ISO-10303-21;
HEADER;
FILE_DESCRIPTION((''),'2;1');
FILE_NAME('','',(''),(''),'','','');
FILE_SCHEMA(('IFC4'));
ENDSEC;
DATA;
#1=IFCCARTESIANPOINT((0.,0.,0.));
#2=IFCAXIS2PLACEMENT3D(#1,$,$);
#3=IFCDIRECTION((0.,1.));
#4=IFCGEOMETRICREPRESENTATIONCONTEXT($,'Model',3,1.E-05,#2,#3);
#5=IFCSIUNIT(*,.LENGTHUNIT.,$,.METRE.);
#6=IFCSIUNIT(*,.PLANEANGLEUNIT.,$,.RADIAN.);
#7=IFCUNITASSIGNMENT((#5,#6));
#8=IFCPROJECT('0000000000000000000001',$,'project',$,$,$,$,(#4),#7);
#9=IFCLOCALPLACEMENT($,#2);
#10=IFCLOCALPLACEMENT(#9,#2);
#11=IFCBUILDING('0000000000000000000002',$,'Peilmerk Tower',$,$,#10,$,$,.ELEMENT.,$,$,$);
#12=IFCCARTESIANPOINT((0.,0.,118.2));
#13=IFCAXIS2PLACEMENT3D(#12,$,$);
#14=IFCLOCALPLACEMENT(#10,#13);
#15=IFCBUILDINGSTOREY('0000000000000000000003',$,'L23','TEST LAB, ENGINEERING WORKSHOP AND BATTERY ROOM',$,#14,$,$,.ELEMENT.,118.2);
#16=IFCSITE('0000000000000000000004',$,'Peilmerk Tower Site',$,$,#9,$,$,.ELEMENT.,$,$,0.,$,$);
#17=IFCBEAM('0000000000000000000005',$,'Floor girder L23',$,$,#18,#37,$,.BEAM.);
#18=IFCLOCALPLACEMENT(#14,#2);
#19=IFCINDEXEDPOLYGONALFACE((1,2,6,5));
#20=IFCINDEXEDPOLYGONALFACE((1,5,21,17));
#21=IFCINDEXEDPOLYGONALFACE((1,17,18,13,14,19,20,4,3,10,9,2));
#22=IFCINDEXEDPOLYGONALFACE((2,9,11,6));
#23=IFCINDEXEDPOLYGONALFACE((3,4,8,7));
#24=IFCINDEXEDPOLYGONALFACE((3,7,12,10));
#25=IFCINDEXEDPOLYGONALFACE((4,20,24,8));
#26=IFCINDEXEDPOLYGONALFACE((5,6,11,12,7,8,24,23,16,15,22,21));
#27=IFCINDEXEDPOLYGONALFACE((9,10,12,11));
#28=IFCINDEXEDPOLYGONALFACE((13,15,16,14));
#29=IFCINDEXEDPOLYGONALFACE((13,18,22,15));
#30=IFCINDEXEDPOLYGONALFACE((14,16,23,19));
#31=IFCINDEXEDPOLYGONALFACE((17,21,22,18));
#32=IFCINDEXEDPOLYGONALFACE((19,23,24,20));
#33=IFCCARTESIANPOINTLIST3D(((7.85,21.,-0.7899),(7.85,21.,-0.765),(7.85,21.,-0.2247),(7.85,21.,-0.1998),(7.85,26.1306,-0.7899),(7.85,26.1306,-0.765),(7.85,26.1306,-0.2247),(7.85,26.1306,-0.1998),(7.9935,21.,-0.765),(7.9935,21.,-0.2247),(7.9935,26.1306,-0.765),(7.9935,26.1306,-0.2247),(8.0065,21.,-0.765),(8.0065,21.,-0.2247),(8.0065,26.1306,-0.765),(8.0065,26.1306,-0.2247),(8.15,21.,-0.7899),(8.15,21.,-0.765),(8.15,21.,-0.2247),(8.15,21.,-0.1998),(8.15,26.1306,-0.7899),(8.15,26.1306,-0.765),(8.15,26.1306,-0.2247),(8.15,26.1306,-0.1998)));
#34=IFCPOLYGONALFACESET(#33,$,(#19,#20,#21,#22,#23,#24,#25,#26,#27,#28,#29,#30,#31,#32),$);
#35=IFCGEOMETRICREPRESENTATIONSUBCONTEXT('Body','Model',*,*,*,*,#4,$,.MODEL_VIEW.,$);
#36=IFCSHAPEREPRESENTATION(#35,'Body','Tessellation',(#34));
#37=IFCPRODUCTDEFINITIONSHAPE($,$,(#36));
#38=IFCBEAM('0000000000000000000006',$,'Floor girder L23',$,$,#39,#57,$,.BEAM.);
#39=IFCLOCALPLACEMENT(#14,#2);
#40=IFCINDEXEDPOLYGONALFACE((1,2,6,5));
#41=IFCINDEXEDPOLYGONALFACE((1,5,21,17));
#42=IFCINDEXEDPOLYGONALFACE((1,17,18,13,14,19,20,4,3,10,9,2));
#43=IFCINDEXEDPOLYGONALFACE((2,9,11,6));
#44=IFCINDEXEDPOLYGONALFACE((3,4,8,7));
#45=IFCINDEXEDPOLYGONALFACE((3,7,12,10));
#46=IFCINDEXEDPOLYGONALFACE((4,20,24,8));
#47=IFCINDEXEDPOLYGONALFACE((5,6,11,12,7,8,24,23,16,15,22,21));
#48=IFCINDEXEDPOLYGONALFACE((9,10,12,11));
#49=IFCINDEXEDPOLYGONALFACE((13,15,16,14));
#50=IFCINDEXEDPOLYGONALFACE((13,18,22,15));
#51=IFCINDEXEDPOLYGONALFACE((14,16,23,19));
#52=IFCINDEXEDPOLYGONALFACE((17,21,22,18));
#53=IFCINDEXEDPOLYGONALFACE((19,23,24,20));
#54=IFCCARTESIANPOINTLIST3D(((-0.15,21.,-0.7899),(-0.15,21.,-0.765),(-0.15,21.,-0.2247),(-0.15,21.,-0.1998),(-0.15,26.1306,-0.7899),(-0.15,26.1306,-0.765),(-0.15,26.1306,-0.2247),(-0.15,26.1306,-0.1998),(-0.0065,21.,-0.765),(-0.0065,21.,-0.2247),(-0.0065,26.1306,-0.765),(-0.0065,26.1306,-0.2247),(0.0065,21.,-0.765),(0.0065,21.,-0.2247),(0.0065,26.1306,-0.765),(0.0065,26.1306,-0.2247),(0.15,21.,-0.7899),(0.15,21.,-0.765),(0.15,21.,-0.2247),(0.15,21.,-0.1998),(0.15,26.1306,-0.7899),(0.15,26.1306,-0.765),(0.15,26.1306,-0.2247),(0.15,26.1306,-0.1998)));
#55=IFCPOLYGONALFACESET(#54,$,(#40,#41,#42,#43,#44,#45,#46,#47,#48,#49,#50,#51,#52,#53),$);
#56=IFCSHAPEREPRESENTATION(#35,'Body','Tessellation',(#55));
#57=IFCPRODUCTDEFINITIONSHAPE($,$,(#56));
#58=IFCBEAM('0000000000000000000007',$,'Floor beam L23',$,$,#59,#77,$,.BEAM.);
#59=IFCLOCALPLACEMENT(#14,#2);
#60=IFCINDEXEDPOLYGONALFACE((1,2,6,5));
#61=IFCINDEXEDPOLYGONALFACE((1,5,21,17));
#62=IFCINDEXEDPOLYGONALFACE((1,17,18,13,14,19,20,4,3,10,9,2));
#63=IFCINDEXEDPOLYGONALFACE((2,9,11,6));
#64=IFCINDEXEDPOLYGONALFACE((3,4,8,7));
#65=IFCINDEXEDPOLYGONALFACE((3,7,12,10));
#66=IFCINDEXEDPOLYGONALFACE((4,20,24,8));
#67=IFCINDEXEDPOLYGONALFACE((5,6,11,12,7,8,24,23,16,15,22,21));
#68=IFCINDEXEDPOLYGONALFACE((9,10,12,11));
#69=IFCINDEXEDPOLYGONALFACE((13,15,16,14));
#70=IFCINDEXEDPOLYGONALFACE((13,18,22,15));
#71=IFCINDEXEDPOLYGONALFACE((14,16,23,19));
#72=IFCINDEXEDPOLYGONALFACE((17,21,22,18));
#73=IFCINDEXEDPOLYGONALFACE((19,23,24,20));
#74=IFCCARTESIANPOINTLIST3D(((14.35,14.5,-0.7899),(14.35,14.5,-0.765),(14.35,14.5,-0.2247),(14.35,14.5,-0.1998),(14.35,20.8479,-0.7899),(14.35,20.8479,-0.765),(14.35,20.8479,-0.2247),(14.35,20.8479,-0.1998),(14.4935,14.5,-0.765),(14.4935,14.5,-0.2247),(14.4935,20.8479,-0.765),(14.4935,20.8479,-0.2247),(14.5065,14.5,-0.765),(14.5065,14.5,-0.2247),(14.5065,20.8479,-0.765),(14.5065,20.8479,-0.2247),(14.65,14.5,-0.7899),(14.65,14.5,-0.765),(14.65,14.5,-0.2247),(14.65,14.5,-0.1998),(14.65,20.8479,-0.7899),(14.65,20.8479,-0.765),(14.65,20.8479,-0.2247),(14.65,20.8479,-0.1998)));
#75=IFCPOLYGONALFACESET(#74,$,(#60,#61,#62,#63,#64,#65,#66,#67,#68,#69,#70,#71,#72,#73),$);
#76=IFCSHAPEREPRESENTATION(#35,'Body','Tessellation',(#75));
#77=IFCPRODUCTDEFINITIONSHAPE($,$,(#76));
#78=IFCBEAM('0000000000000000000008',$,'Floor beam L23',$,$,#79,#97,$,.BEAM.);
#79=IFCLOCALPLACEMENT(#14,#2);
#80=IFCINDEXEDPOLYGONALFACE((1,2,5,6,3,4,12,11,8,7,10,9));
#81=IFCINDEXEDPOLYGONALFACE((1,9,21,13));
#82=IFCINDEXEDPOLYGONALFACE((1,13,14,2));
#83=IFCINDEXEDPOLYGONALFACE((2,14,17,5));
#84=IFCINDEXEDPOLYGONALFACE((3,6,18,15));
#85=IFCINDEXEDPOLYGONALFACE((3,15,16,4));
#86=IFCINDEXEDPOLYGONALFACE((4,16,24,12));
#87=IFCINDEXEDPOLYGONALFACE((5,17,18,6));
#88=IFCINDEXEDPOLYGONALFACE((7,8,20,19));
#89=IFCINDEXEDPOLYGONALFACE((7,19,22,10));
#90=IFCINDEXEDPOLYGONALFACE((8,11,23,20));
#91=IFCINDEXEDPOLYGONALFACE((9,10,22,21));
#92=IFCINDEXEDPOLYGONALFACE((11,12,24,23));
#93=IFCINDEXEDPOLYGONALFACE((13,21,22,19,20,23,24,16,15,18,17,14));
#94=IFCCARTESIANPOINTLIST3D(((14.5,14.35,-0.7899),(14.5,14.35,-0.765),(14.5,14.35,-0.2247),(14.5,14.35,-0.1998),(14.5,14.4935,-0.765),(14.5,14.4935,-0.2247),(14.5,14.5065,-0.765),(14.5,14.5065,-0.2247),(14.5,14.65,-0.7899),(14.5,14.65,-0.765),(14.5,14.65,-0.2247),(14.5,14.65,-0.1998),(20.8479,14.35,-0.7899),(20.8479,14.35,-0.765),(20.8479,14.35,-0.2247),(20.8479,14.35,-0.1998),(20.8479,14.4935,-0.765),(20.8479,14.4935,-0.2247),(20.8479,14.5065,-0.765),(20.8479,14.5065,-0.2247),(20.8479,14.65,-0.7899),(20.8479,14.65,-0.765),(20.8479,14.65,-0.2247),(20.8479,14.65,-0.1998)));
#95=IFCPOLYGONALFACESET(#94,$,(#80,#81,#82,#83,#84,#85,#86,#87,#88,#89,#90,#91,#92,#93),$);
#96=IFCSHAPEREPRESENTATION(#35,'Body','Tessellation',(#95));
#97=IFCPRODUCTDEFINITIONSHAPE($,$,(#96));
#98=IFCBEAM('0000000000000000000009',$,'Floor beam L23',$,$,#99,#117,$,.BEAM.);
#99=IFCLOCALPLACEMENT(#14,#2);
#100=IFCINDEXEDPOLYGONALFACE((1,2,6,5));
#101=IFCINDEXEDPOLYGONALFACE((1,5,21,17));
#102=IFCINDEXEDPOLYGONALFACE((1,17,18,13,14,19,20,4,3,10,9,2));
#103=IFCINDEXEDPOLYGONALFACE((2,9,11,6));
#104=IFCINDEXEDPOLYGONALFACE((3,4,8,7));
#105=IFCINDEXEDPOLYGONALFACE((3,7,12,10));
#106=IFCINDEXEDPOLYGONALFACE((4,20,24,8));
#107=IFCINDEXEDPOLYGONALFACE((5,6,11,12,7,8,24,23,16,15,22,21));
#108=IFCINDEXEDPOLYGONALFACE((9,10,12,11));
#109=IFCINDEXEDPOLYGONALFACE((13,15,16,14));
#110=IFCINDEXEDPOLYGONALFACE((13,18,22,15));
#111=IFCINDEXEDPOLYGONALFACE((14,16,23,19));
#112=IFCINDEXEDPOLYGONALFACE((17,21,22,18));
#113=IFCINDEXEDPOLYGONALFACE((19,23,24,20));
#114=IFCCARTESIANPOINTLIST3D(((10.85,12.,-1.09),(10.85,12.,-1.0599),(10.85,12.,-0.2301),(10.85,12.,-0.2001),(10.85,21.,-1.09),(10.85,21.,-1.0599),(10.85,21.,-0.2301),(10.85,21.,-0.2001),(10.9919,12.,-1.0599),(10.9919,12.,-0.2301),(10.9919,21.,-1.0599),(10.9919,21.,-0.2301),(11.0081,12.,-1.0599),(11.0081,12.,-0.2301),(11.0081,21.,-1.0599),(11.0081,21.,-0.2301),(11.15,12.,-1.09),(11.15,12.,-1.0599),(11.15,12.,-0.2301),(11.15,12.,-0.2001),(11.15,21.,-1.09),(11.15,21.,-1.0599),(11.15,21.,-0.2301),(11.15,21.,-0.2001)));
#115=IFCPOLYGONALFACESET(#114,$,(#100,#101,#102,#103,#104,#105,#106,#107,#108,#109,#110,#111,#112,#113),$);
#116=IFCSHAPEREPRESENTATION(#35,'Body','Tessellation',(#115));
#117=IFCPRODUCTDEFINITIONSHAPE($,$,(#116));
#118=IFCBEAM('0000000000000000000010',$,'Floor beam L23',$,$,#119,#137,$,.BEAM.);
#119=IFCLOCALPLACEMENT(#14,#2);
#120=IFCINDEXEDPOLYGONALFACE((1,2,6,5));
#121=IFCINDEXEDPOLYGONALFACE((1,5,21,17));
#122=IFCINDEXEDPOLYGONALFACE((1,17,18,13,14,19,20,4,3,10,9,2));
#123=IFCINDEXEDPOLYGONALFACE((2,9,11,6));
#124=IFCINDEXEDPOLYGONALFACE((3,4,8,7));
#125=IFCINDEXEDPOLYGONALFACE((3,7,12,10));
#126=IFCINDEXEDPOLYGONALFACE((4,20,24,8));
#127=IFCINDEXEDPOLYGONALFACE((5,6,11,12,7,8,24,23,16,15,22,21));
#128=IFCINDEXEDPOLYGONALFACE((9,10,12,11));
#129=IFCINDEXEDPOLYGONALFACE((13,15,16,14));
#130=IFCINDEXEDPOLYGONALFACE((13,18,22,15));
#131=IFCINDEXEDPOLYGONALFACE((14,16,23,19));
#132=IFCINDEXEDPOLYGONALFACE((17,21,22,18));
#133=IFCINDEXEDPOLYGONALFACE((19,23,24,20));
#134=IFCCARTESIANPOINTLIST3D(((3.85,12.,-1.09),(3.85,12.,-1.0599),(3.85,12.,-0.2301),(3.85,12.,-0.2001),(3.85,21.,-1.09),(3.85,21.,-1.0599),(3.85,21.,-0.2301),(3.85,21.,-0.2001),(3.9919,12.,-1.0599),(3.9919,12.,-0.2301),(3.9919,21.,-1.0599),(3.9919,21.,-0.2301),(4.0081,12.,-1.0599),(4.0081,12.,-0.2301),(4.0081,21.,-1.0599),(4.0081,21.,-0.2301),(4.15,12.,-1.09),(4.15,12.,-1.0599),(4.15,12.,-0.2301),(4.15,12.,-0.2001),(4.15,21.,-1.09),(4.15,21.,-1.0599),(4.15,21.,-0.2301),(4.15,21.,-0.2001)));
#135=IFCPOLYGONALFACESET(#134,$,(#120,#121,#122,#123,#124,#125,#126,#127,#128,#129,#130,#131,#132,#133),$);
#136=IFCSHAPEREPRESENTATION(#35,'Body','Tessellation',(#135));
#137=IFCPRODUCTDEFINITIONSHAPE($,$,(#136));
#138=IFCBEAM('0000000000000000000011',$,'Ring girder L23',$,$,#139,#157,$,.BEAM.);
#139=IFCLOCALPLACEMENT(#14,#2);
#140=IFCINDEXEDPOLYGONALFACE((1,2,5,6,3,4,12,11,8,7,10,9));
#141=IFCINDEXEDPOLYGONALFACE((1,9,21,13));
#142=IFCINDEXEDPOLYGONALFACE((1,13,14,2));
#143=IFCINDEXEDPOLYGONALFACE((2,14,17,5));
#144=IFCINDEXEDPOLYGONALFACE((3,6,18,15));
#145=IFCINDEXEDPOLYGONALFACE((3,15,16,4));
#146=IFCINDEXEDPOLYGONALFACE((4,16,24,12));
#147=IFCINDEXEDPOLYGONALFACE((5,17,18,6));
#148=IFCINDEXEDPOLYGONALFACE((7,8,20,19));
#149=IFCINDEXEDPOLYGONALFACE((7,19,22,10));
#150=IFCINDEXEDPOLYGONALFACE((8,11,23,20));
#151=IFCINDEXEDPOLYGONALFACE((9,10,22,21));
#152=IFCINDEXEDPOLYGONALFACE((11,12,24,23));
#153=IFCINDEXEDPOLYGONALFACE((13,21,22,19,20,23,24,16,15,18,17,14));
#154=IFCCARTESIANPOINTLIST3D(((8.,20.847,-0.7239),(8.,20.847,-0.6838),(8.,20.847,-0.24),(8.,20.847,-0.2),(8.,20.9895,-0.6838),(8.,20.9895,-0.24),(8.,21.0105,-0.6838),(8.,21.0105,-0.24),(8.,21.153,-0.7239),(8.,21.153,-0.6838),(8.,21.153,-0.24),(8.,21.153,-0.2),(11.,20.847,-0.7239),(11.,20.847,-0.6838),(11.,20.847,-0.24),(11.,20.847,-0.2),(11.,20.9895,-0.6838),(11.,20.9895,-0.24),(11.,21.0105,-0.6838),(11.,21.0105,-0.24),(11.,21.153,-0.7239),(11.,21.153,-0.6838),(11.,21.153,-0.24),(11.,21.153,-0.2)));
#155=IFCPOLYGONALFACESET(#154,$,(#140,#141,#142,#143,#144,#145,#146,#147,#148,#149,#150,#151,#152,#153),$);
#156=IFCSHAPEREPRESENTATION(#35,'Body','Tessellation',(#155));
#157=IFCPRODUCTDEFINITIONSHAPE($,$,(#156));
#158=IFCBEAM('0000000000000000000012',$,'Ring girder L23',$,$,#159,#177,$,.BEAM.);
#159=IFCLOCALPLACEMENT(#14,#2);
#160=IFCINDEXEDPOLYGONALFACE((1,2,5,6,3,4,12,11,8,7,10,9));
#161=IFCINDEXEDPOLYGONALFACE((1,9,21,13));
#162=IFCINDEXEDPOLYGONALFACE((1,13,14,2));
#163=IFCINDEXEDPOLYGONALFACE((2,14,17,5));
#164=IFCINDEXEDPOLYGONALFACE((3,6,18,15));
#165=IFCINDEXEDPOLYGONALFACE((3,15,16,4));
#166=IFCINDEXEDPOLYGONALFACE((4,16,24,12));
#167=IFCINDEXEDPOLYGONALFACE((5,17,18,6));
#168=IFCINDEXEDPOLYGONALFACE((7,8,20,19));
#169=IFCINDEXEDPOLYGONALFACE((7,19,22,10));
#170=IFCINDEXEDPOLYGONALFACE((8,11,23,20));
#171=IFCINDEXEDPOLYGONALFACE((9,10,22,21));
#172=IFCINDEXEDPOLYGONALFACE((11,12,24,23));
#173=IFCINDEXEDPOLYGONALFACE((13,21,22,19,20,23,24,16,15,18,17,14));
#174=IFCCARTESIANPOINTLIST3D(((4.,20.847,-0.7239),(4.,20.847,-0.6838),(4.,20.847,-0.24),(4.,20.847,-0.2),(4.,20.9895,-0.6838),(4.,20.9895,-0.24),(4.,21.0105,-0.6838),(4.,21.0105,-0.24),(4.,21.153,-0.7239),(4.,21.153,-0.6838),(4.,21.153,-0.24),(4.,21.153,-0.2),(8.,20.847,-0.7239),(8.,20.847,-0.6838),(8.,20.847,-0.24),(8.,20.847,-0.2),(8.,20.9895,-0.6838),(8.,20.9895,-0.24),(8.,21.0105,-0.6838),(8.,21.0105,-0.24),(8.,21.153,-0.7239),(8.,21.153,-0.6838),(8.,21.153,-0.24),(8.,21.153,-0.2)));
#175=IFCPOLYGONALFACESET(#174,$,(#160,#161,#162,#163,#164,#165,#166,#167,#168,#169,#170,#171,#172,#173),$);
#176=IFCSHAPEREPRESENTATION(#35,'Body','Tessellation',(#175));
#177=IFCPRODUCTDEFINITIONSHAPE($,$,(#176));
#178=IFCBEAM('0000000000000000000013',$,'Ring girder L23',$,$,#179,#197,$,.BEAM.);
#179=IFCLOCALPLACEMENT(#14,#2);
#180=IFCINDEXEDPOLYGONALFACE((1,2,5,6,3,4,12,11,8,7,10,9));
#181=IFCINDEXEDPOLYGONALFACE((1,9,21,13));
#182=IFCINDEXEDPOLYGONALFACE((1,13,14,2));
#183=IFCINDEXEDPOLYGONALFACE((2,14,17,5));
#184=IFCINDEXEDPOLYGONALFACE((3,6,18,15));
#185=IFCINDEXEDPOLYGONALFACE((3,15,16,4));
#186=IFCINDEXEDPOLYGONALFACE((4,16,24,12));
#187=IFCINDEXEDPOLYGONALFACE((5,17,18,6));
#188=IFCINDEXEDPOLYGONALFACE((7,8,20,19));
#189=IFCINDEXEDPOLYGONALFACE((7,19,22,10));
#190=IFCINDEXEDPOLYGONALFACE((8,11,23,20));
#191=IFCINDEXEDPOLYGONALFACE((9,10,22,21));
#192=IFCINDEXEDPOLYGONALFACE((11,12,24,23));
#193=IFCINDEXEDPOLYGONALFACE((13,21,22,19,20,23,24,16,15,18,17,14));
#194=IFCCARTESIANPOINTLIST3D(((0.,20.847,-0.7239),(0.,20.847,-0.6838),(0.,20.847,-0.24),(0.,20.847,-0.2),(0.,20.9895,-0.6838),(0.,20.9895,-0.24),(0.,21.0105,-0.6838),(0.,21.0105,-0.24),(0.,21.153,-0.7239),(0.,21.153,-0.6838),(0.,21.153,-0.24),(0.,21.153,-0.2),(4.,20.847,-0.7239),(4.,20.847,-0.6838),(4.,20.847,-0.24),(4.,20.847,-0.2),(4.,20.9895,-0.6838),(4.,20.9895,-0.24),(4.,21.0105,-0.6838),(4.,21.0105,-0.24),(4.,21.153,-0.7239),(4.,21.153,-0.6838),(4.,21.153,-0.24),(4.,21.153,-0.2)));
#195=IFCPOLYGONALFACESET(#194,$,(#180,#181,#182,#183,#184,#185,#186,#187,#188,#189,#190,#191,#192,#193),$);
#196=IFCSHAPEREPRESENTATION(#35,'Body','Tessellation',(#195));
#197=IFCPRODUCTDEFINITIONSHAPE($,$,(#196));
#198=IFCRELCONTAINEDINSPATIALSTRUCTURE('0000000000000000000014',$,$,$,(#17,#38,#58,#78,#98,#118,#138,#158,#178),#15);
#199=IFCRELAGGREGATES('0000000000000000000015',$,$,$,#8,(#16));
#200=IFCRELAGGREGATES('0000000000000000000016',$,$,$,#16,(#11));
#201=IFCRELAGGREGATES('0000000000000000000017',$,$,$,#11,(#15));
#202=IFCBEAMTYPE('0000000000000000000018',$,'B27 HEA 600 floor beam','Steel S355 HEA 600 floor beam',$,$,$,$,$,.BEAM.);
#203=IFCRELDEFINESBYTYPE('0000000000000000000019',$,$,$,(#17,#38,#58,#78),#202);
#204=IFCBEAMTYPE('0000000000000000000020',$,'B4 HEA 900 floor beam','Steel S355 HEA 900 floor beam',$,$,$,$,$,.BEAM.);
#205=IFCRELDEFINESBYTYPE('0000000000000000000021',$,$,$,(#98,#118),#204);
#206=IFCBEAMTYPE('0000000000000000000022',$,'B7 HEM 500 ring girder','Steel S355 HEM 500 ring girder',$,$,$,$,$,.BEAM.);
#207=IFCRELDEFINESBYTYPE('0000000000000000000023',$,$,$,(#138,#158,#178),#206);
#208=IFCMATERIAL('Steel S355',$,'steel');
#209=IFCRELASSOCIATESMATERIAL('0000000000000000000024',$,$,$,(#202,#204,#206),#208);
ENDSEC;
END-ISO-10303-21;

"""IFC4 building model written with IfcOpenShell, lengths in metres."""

from ifc_helpers import new_model, si_unit, direction, frame, origin, origin_2d, place, context, subcontext, project, spatial, i_section, extrude, material, material_profile, profile_set, type_object, element, save


model = new_model("IFC4")

# Units and contexts
model_context = context("Model", 3, precision=1e-05, world=origin(), true_north=direction((0.0, 1.0)))
body_context = subcontext(model_context, "Body", "Model", "MODEL_VIEW")
ifc_project = project(units=[si_unit("LENGTHUNIT", "METRE"), si_unit("PLANEANGLEUNIT", "RADIAN")], contexts=[model_context])

# Site, building, storey
site_placement = place(None, origin())
site = spatial("IfcSite", under=ifc_project, at=site_placement, Name="Peilmerk Tower Site", CompositionType="ELEMENT", RefElevation=0.0)
building_placement = place(site_placement, origin())
building = spatial("IfcBuilding", under=site, at=building_placement, Name="Peilmerk Tower", CompositionType="ELEMENT")
storey_placement = place(building_placement, frame((0.0, 0.0, 118.2)))
storey = spatial("IfcBuildingStorey", under=building, at=storey_placement, Name="L23", Description="TEST LAB, ENGINEERING WORKSHOP AND BATTERY ROOM", CompositionType="ELEMENT", Elevation=118.2)

# Beams
ifc_material_1 = material(Name="Steel S355", Category="steel")
ifc_material_profile_1 = material_profile(ifc_material_1, i_section(OverallWidth=0.3, OverallDepth=0.5901, WebThickness=0.0129, FlangeThickness=0.0249, at=origin_2d()), Name="HEA 600")
ifc_profile_set_1 = profile_set([ifc_material_profile_1], Name="Steel S355")
beam_type_1 = type_object("IfcBeamType", Name="B27 HEA 600 floor beam", Description="Steel S355 HEA 600 floor beam", PredefinedType="BEAM", material=ifc_profile_set_1)
for number, where, z_axis, x_axis, name in (
    (1, (8.0, 21.0, -0.4949), (0.0, 1.0, 0.0), (-1.0, 0.0, 0.0), "Floor girder L23"),
    (2, (0.0, 21.0, -0.4949), (0.0, 1.0, 0.0), (-1.0, 0.0, 0.0), "Floor girder L23"),
):
    element("IfcBeam", number, at=place(storey_placement, frame(where, z_axis=z_axis, x_axis=x_axis)), inside=storey, type_object=beam_type_1, Name=name, PredefinedType="BEAM", context=body_context, shape_type="SweptSolid", body=[
        extrude(i_section(OverallWidth=0.3, OverallDepth=0.5901, WebThickness=0.0129, FlangeThickness=0.0249, at=origin_2d()), origin(), (0.0, 0.0, 1.0), 5.1306),
    ])
for number, where, z_axis, x_axis, name in (
    (3, (14.5, 14.5, -0.4949), (0.0, 1.0, 0.0), (-1.0, 0.0, 0.0), "Floor beam L23"),
    (4, (14.5, 14.5, -0.4949), (1.0, 0.0, 0.0), (0.0, 1.0, 0.0), "Floor beam L23"),
):
    element("IfcBeam", number, at=place(storey_placement, frame(where, z_axis=z_axis, x_axis=x_axis)), inside=storey, type_object=beam_type_1, Name=name, PredefinedType="BEAM", context=body_context, shape_type="SweptSolid", body=[
        extrude(i_section(OverallWidth=0.3, OverallDepth=0.5901, WebThickness=0.0129, FlangeThickness=0.0249, at=origin_2d()), origin(), (0.0, 0.0, 1.0), 6.3479),
    ])
ifc_material_profile_2 = material_profile(ifc_material_1, i_section(OverallWidth=0.3, OverallDepth=0.8899, WebThickness=0.0161, FlangeThickness=0.03, at=origin_2d()), Name="HEA 900")
ifc_profile_set_2 = profile_set([ifc_material_profile_2], Name="Steel S355")
beam_type_2 = type_object("IfcBeamType", Name="B4 HEA 900 floor beam", Description="Steel S355 HEA 900 floor beam", PredefinedType="BEAM", material=ifc_profile_set_2)
for number, where, z_axis, x_axis, name in (
    (5, (11.0, 12.0, -0.645), (0.0, 1.0, 0.0), (-1.0, 0.0, 0.0), "Floor beam L23"),
    (6, (4.0, 12.0, -0.645), (0.0, 1.0, 0.0), (-1.0, 0.0, 0.0), "Floor beam L23"),
):
    element("IfcBeam", number, at=place(storey_placement, frame(where, z_axis=z_axis, x_axis=x_axis)), inside=storey, type_object=beam_type_2, Name=name, PredefinedType="BEAM", context=body_context, shape_type="SweptSolid", body=[
        extrude(i_section(OverallWidth=0.3, OverallDepth=0.8899, WebThickness=0.0161, FlangeThickness=0.03, at=origin_2d()), origin(), (0.0, 0.0, 1.0), 9.0),
    ])
ifc_material_profile_3 = material_profile(ifc_material_1, i_section(OverallWidth=0.3059, OverallDepth=0.5239, WebThickness=0.021, FlangeThickness=0.04, at=origin_2d()), Name="HEM 500")
ifc_profile_set_3 = profile_set([ifc_material_profile_3], Name="Steel S355")
beam_type_3 = type_object("IfcBeamType", Name="B7 HEM 500 ring girder", Description="Steel S355 HEM 500 ring girder", PredefinedType="BEAM", material=ifc_profile_set_3)
beam_1_placement = place(storey_placement, frame((11.0, 21.0, -0.4619), z_axis=(-1.0, 0.0, 0.0), x_axis=(0.0, -1.0, 0.0)))
element("IfcBeam", 7, at=beam_1_placement, inside=storey, type_object=beam_type_3, Name="Ring girder L23", PredefinedType="BEAM", context=body_context, shape_type="SweptSolid", body=[
    extrude(i_section(OverallWidth=0.3059, OverallDepth=0.5239, WebThickness=0.021, FlangeThickness=0.04, at=origin_2d()), origin(), (0.0, 0.0, 1.0), 3.0),
])
for number, where, z_axis, x_axis, name in (
    (8, (8.0, 21.0, -0.4619), (-1.0, 0.0, 0.0), (0.0, -1.0, 0.0), "Ring girder L23"),
    (9, (4.0, 21.0, -0.4619), (-1.0, 0.0, 0.0), (0.0, -1.0, 0.0), "Ring girder L23"),
):
    element("IfcBeam", number, at=place(storey_placement, frame(where, z_axis=z_axis, x_axis=x_axis)), inside=storey, type_object=beam_type_3, Name=name, PredefinedType="BEAM", context=body_context, shape_type="SweptSolid", body=[
        extrude(i_section(OverallWidth=0.3059, OverallDepth=0.5239, WebThickness=0.021, FlangeThickness=0.04, at=origin_2d()), origin(), (0.0, 0.0, 1.0), 4.0),
    ])

save(model, "model.ifc")
